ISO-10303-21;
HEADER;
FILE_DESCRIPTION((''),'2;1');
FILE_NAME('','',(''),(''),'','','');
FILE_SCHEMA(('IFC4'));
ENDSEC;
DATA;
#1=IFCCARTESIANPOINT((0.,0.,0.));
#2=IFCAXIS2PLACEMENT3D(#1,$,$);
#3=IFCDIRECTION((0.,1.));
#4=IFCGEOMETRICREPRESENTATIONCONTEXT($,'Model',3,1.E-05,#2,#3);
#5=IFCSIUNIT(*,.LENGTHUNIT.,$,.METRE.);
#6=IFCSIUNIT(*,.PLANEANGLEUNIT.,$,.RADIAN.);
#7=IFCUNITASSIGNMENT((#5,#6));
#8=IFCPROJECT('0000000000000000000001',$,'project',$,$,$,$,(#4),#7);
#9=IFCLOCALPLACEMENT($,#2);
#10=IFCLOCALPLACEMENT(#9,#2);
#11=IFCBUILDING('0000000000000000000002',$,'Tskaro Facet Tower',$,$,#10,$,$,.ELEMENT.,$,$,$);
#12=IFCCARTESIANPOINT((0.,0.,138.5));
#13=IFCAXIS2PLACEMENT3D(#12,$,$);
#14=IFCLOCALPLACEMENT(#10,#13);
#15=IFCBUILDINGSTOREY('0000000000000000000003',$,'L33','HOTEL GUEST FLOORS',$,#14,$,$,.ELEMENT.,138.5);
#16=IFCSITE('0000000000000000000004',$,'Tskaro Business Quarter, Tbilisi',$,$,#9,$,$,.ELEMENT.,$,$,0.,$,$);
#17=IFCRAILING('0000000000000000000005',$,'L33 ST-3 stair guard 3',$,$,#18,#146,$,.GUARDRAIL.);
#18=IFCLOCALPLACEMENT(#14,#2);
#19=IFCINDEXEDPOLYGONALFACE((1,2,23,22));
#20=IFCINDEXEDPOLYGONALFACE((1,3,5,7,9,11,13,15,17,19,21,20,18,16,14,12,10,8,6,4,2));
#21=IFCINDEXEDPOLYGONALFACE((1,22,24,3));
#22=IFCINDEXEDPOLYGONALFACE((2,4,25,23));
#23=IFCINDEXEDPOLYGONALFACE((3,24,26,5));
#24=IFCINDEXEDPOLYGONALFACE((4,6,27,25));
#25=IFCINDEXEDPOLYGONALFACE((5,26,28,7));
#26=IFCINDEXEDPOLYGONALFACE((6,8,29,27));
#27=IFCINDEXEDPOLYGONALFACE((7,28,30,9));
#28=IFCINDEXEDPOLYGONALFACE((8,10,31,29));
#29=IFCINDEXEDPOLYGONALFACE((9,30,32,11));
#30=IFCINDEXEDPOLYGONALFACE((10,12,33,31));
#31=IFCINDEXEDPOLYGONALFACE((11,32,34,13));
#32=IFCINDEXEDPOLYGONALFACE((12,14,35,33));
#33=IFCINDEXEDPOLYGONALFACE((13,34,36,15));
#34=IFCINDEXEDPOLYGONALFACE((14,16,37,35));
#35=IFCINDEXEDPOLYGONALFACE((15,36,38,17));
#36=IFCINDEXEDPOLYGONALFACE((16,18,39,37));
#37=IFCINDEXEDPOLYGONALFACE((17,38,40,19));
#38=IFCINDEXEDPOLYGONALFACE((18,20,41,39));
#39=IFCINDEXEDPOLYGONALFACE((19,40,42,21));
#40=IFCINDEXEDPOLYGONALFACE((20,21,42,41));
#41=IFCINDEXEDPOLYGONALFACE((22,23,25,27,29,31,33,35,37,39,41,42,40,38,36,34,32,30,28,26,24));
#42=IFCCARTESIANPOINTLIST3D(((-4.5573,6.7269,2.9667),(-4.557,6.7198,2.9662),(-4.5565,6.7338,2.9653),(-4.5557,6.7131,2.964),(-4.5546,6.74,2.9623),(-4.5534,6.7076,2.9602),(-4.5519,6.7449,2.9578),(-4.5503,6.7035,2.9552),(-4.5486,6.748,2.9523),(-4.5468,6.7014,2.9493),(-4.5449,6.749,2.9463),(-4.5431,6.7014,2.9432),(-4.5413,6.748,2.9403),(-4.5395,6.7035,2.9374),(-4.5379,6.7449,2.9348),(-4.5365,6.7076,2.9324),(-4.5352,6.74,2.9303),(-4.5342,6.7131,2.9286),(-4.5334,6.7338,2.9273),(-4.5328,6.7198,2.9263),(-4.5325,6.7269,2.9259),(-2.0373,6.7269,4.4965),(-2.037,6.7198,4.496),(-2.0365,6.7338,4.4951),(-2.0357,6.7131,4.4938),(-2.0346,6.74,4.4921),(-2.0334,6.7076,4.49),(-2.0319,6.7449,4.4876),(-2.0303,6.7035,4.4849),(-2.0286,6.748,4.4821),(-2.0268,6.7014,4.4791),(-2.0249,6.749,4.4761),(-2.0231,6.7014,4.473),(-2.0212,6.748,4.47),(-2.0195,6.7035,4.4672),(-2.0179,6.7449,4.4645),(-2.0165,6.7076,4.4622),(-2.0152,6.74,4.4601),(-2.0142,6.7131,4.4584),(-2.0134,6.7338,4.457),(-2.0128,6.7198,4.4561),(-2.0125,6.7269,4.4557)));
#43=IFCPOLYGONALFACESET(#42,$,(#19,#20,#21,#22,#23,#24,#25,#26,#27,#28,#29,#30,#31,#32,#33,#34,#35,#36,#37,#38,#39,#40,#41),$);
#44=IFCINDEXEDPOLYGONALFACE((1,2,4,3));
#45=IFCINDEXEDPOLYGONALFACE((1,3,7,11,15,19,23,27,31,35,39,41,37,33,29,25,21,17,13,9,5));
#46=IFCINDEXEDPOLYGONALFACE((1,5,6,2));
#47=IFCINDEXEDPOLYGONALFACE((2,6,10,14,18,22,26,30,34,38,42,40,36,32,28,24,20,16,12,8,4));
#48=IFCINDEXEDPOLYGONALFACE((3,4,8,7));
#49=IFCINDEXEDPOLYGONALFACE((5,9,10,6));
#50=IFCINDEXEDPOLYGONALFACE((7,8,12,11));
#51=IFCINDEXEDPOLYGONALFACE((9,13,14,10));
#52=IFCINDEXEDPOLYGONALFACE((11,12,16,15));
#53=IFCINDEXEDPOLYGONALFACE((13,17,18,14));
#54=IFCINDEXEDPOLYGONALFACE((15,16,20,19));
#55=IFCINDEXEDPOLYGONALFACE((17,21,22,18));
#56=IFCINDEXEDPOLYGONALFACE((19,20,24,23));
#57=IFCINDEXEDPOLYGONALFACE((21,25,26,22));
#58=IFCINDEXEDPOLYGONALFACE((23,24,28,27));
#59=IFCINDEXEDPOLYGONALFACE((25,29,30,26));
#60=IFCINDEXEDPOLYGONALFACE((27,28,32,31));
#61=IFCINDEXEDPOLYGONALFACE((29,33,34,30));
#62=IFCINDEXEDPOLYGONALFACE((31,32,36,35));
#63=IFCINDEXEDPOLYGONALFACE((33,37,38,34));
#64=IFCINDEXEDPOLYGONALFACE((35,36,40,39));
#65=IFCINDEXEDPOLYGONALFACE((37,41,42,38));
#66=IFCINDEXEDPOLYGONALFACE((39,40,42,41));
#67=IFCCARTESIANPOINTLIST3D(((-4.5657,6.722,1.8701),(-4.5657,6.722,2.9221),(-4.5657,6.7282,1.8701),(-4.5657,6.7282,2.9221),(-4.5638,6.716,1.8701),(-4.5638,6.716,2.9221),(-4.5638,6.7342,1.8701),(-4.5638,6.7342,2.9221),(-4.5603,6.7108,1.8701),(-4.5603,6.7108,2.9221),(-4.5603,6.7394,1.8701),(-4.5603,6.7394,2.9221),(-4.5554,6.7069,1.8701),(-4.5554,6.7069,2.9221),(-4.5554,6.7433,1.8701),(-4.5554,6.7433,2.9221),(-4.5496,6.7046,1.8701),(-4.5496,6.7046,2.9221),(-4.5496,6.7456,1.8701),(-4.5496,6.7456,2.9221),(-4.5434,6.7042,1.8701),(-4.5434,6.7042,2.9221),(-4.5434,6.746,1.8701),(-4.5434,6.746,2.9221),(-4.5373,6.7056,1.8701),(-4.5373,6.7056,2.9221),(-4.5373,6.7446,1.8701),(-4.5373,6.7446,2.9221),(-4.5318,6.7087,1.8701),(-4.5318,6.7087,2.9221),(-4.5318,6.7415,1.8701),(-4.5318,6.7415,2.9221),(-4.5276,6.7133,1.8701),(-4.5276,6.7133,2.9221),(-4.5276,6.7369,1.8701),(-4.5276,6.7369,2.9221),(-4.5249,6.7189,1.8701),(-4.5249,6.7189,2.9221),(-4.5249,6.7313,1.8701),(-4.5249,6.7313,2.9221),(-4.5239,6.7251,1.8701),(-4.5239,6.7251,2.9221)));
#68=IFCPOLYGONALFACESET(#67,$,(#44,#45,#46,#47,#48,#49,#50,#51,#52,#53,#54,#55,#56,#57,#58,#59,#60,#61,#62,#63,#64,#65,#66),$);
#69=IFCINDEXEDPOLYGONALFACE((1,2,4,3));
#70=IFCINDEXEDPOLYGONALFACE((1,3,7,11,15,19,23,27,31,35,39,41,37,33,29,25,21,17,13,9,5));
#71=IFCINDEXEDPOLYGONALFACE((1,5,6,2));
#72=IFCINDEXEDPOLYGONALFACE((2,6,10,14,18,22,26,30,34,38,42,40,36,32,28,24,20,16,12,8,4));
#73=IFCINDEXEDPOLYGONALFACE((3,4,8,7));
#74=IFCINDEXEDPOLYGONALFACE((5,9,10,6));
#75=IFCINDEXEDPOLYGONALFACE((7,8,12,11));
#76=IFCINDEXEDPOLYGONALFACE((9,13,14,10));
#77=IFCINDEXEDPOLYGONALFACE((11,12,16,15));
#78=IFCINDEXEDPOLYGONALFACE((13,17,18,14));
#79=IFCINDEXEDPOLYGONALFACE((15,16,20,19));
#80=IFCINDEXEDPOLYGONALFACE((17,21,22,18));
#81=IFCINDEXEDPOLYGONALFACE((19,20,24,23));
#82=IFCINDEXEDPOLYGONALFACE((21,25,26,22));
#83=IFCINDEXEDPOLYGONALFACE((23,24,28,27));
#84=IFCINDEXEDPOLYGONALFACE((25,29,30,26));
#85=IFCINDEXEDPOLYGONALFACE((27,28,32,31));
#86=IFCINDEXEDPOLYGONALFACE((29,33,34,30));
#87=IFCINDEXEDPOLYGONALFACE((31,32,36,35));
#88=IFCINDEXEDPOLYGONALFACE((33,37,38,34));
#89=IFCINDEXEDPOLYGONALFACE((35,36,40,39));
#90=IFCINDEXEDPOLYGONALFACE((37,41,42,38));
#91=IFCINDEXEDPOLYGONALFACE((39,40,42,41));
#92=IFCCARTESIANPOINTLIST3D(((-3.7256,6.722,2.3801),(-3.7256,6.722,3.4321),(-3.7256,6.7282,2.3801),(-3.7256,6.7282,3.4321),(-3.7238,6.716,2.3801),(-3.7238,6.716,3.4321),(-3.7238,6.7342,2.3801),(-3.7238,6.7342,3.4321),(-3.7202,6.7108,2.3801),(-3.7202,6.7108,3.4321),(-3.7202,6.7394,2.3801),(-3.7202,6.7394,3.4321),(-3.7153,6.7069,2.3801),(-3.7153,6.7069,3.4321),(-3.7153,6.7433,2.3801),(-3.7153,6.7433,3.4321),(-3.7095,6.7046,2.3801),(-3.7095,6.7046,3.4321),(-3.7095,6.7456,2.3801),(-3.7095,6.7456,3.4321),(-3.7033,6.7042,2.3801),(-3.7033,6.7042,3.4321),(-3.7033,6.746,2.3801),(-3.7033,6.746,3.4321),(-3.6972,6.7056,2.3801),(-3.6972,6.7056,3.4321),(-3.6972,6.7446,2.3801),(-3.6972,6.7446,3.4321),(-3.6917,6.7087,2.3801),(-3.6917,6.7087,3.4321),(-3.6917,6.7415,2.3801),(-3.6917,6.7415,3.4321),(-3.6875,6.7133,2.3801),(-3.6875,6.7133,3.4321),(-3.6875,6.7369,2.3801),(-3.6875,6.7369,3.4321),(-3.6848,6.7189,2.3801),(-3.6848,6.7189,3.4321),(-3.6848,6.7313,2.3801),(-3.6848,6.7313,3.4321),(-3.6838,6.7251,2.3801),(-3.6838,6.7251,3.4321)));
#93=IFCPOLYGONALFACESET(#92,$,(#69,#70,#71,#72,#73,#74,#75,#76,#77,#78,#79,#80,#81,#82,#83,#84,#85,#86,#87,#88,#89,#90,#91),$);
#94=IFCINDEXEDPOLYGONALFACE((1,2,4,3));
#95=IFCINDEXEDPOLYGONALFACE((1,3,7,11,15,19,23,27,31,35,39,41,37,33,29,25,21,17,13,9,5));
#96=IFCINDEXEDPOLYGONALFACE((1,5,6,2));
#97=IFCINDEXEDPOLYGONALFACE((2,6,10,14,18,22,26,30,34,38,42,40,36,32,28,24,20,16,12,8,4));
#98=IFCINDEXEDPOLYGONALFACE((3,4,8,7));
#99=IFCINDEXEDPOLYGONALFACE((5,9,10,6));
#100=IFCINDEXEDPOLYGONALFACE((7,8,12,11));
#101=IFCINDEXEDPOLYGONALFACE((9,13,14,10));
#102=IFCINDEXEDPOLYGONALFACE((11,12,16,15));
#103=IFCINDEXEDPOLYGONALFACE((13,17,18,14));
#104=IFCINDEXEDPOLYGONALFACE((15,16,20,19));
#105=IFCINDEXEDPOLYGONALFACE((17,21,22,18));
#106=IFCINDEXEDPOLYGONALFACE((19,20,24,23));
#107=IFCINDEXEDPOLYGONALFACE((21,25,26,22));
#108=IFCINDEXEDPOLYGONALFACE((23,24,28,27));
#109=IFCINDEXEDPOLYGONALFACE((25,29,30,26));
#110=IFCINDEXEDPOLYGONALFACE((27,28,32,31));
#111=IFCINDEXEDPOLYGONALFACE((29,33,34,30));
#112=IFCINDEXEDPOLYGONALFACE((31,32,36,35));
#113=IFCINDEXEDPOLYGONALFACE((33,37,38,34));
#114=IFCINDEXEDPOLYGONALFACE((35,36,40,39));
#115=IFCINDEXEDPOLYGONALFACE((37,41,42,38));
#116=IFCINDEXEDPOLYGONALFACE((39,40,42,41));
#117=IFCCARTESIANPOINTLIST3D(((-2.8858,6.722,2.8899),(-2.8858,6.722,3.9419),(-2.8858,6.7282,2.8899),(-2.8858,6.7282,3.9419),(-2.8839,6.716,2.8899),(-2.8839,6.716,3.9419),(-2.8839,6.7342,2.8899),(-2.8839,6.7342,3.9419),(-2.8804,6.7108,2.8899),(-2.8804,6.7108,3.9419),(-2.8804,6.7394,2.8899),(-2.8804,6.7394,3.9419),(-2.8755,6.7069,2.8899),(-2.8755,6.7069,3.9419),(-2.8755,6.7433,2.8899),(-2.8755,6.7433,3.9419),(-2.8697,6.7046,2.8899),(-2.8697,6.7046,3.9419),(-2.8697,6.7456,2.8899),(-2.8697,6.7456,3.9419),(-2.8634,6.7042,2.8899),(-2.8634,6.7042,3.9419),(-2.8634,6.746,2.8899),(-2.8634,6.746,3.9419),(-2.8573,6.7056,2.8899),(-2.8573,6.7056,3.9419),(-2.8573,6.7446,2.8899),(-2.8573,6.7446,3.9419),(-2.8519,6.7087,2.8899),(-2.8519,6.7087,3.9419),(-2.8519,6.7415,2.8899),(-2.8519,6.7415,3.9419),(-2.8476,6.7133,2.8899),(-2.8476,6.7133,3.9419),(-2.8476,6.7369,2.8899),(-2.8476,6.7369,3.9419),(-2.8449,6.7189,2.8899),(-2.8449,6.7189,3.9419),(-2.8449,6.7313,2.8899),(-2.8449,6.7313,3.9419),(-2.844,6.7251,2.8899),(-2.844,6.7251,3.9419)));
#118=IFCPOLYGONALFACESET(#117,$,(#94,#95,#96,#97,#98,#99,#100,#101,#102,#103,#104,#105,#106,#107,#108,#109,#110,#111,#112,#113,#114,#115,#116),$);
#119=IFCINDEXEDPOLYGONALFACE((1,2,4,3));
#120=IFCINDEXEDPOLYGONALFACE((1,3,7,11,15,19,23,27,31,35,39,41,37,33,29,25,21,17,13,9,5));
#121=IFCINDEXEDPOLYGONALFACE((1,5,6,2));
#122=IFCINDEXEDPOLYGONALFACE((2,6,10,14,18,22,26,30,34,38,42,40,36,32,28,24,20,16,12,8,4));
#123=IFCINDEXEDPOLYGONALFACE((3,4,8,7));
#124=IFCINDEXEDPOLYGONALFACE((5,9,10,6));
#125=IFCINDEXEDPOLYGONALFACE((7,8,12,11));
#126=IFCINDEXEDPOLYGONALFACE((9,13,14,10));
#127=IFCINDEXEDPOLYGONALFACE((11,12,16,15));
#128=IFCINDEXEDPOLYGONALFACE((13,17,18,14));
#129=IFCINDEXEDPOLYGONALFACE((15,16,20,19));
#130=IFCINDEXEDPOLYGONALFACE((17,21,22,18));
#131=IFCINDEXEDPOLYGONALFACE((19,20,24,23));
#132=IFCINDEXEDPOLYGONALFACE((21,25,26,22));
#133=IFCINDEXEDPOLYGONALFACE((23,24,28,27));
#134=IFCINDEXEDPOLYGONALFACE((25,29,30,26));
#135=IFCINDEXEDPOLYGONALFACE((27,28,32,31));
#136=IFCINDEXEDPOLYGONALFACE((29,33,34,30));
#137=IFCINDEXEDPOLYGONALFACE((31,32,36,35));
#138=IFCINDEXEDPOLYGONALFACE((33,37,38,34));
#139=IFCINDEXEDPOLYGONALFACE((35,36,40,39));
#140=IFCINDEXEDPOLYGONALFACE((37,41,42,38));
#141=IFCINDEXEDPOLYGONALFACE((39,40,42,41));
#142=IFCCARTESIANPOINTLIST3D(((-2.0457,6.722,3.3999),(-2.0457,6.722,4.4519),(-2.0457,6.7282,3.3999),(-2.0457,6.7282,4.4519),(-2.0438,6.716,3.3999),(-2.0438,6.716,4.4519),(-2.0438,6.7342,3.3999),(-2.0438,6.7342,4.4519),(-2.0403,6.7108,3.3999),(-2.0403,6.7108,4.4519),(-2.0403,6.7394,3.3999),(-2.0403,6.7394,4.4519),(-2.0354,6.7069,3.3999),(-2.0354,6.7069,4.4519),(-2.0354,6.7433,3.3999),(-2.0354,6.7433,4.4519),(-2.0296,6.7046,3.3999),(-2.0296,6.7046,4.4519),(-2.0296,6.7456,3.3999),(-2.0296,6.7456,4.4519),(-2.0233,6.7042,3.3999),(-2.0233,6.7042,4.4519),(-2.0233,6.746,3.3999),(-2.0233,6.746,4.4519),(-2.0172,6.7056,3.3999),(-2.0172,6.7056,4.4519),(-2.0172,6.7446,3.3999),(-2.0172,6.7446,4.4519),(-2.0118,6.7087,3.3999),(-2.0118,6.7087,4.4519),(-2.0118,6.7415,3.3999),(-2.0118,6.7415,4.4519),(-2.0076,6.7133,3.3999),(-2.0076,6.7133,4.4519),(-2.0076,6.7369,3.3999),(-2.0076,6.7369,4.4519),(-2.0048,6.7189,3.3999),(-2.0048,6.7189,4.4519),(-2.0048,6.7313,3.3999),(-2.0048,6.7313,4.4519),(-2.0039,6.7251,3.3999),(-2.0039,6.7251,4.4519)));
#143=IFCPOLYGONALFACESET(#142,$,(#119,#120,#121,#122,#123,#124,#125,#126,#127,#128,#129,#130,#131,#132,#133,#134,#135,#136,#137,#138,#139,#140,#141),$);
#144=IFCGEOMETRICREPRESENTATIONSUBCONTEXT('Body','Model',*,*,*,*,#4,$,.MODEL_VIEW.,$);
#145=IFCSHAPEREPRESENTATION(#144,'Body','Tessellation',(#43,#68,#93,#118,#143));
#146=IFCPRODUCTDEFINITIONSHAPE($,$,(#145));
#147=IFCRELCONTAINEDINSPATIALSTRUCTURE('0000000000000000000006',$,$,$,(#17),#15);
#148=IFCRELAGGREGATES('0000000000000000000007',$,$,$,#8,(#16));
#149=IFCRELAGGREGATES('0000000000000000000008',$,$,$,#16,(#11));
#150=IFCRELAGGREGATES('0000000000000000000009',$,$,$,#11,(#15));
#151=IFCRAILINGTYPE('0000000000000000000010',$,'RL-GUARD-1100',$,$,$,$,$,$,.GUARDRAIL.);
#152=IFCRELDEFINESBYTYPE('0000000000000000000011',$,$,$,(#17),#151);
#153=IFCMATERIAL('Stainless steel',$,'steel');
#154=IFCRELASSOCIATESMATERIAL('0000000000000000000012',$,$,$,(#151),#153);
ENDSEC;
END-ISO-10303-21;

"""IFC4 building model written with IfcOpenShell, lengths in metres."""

from ifc_helpers import new_model, si_unit, direction, frame, origin, origin_2d, place, context, subcontext, project, spatial, circle, extrude, material, type_object, element, save


model = new_model("IFC4")

# Units and contexts
model_context = context("Model", 3, precision=1e-05, world=origin(), true_north=direction((0.0, 1.0)))
body_context = subcontext(model_context, "Body", "Model", "MODEL_VIEW")
ifc_project = project(units=[si_unit("LENGTHUNIT", "METRE"), si_unit("PLANEANGLEUNIT", "RADIAN")], contexts=[model_context])

# Site, building, storey
site_placement = place(None, origin())
site = spatial("IfcSite", under=ifc_project, at=site_placement, Name="Tskaro Business Quarter, Tbilisi", CompositionType="ELEMENT", RefElevation=0.0)
building_placement = place(site_placement, origin())
building = spatial("IfcBuilding", under=site, at=building_placement, Name="Tskaro Facet Tower", CompositionType="ELEMENT")
storey_placement = place(building_placement, frame((0.0, 0.0, 138.5)))
storey = spatial("IfcBuildingStorey", under=building, at=storey_placement, Name="L33", Description="HOTEL GUEST FLOORS", CompositionType="ELEMENT", Elevation=138.5)

# Railing
ifc_material_1 = material(Name="Stainless steel", Category="steel")
railing_type_1 = type_object("IfcRailingType", Name="RL-GUARD-1100", PredefinedType="GUARDRAIL", material=ifc_material_1)
railing_1_placement = place(storey_placement, frame((-4.5449, 6.7251, 1.8701)))
element("IfcRailing", 1, at=railing_1_placement, inside=storey, type_object=railing_type_1, Name="L33 ST-3 stair guard 3", PredefinedType="GUARDRAIL", context=body_context, shape_type="SweptSolid", body=[
    extrude(circle(Radius=0.0239, at=origin_2d()), frame((0.0, 0.0, 1.0762), z_axis=(0.854822, 0.0, 0.518922), x_axis=(0.0, 1.0, 0.0)), (0.0, 0.0, 1.0), 2.948),
    extrude(circle(Radius=0.021, at=origin_2d()), origin(), (0.0, 0.0, 1.0), 1.052),
    extrude(circle(Radius=0.021, at=origin_2d()), frame((0.8401, 0.0, 0.51)), (0.0, 0.0, 1.0), 1.052),
    extrude(circle(Radius=0.021, at=origin_2d()), frame((1.6799, 0.0, 1.0198)), (0.0, 0.0, 1.0), 1.052),
    extrude(circle(Radius=0.021, at=origin_2d()), frame((2.52, 0.0, 1.5298)), (0.0, 0.0, 1.0), 1.052),
])

save(model, "model.ifc")
